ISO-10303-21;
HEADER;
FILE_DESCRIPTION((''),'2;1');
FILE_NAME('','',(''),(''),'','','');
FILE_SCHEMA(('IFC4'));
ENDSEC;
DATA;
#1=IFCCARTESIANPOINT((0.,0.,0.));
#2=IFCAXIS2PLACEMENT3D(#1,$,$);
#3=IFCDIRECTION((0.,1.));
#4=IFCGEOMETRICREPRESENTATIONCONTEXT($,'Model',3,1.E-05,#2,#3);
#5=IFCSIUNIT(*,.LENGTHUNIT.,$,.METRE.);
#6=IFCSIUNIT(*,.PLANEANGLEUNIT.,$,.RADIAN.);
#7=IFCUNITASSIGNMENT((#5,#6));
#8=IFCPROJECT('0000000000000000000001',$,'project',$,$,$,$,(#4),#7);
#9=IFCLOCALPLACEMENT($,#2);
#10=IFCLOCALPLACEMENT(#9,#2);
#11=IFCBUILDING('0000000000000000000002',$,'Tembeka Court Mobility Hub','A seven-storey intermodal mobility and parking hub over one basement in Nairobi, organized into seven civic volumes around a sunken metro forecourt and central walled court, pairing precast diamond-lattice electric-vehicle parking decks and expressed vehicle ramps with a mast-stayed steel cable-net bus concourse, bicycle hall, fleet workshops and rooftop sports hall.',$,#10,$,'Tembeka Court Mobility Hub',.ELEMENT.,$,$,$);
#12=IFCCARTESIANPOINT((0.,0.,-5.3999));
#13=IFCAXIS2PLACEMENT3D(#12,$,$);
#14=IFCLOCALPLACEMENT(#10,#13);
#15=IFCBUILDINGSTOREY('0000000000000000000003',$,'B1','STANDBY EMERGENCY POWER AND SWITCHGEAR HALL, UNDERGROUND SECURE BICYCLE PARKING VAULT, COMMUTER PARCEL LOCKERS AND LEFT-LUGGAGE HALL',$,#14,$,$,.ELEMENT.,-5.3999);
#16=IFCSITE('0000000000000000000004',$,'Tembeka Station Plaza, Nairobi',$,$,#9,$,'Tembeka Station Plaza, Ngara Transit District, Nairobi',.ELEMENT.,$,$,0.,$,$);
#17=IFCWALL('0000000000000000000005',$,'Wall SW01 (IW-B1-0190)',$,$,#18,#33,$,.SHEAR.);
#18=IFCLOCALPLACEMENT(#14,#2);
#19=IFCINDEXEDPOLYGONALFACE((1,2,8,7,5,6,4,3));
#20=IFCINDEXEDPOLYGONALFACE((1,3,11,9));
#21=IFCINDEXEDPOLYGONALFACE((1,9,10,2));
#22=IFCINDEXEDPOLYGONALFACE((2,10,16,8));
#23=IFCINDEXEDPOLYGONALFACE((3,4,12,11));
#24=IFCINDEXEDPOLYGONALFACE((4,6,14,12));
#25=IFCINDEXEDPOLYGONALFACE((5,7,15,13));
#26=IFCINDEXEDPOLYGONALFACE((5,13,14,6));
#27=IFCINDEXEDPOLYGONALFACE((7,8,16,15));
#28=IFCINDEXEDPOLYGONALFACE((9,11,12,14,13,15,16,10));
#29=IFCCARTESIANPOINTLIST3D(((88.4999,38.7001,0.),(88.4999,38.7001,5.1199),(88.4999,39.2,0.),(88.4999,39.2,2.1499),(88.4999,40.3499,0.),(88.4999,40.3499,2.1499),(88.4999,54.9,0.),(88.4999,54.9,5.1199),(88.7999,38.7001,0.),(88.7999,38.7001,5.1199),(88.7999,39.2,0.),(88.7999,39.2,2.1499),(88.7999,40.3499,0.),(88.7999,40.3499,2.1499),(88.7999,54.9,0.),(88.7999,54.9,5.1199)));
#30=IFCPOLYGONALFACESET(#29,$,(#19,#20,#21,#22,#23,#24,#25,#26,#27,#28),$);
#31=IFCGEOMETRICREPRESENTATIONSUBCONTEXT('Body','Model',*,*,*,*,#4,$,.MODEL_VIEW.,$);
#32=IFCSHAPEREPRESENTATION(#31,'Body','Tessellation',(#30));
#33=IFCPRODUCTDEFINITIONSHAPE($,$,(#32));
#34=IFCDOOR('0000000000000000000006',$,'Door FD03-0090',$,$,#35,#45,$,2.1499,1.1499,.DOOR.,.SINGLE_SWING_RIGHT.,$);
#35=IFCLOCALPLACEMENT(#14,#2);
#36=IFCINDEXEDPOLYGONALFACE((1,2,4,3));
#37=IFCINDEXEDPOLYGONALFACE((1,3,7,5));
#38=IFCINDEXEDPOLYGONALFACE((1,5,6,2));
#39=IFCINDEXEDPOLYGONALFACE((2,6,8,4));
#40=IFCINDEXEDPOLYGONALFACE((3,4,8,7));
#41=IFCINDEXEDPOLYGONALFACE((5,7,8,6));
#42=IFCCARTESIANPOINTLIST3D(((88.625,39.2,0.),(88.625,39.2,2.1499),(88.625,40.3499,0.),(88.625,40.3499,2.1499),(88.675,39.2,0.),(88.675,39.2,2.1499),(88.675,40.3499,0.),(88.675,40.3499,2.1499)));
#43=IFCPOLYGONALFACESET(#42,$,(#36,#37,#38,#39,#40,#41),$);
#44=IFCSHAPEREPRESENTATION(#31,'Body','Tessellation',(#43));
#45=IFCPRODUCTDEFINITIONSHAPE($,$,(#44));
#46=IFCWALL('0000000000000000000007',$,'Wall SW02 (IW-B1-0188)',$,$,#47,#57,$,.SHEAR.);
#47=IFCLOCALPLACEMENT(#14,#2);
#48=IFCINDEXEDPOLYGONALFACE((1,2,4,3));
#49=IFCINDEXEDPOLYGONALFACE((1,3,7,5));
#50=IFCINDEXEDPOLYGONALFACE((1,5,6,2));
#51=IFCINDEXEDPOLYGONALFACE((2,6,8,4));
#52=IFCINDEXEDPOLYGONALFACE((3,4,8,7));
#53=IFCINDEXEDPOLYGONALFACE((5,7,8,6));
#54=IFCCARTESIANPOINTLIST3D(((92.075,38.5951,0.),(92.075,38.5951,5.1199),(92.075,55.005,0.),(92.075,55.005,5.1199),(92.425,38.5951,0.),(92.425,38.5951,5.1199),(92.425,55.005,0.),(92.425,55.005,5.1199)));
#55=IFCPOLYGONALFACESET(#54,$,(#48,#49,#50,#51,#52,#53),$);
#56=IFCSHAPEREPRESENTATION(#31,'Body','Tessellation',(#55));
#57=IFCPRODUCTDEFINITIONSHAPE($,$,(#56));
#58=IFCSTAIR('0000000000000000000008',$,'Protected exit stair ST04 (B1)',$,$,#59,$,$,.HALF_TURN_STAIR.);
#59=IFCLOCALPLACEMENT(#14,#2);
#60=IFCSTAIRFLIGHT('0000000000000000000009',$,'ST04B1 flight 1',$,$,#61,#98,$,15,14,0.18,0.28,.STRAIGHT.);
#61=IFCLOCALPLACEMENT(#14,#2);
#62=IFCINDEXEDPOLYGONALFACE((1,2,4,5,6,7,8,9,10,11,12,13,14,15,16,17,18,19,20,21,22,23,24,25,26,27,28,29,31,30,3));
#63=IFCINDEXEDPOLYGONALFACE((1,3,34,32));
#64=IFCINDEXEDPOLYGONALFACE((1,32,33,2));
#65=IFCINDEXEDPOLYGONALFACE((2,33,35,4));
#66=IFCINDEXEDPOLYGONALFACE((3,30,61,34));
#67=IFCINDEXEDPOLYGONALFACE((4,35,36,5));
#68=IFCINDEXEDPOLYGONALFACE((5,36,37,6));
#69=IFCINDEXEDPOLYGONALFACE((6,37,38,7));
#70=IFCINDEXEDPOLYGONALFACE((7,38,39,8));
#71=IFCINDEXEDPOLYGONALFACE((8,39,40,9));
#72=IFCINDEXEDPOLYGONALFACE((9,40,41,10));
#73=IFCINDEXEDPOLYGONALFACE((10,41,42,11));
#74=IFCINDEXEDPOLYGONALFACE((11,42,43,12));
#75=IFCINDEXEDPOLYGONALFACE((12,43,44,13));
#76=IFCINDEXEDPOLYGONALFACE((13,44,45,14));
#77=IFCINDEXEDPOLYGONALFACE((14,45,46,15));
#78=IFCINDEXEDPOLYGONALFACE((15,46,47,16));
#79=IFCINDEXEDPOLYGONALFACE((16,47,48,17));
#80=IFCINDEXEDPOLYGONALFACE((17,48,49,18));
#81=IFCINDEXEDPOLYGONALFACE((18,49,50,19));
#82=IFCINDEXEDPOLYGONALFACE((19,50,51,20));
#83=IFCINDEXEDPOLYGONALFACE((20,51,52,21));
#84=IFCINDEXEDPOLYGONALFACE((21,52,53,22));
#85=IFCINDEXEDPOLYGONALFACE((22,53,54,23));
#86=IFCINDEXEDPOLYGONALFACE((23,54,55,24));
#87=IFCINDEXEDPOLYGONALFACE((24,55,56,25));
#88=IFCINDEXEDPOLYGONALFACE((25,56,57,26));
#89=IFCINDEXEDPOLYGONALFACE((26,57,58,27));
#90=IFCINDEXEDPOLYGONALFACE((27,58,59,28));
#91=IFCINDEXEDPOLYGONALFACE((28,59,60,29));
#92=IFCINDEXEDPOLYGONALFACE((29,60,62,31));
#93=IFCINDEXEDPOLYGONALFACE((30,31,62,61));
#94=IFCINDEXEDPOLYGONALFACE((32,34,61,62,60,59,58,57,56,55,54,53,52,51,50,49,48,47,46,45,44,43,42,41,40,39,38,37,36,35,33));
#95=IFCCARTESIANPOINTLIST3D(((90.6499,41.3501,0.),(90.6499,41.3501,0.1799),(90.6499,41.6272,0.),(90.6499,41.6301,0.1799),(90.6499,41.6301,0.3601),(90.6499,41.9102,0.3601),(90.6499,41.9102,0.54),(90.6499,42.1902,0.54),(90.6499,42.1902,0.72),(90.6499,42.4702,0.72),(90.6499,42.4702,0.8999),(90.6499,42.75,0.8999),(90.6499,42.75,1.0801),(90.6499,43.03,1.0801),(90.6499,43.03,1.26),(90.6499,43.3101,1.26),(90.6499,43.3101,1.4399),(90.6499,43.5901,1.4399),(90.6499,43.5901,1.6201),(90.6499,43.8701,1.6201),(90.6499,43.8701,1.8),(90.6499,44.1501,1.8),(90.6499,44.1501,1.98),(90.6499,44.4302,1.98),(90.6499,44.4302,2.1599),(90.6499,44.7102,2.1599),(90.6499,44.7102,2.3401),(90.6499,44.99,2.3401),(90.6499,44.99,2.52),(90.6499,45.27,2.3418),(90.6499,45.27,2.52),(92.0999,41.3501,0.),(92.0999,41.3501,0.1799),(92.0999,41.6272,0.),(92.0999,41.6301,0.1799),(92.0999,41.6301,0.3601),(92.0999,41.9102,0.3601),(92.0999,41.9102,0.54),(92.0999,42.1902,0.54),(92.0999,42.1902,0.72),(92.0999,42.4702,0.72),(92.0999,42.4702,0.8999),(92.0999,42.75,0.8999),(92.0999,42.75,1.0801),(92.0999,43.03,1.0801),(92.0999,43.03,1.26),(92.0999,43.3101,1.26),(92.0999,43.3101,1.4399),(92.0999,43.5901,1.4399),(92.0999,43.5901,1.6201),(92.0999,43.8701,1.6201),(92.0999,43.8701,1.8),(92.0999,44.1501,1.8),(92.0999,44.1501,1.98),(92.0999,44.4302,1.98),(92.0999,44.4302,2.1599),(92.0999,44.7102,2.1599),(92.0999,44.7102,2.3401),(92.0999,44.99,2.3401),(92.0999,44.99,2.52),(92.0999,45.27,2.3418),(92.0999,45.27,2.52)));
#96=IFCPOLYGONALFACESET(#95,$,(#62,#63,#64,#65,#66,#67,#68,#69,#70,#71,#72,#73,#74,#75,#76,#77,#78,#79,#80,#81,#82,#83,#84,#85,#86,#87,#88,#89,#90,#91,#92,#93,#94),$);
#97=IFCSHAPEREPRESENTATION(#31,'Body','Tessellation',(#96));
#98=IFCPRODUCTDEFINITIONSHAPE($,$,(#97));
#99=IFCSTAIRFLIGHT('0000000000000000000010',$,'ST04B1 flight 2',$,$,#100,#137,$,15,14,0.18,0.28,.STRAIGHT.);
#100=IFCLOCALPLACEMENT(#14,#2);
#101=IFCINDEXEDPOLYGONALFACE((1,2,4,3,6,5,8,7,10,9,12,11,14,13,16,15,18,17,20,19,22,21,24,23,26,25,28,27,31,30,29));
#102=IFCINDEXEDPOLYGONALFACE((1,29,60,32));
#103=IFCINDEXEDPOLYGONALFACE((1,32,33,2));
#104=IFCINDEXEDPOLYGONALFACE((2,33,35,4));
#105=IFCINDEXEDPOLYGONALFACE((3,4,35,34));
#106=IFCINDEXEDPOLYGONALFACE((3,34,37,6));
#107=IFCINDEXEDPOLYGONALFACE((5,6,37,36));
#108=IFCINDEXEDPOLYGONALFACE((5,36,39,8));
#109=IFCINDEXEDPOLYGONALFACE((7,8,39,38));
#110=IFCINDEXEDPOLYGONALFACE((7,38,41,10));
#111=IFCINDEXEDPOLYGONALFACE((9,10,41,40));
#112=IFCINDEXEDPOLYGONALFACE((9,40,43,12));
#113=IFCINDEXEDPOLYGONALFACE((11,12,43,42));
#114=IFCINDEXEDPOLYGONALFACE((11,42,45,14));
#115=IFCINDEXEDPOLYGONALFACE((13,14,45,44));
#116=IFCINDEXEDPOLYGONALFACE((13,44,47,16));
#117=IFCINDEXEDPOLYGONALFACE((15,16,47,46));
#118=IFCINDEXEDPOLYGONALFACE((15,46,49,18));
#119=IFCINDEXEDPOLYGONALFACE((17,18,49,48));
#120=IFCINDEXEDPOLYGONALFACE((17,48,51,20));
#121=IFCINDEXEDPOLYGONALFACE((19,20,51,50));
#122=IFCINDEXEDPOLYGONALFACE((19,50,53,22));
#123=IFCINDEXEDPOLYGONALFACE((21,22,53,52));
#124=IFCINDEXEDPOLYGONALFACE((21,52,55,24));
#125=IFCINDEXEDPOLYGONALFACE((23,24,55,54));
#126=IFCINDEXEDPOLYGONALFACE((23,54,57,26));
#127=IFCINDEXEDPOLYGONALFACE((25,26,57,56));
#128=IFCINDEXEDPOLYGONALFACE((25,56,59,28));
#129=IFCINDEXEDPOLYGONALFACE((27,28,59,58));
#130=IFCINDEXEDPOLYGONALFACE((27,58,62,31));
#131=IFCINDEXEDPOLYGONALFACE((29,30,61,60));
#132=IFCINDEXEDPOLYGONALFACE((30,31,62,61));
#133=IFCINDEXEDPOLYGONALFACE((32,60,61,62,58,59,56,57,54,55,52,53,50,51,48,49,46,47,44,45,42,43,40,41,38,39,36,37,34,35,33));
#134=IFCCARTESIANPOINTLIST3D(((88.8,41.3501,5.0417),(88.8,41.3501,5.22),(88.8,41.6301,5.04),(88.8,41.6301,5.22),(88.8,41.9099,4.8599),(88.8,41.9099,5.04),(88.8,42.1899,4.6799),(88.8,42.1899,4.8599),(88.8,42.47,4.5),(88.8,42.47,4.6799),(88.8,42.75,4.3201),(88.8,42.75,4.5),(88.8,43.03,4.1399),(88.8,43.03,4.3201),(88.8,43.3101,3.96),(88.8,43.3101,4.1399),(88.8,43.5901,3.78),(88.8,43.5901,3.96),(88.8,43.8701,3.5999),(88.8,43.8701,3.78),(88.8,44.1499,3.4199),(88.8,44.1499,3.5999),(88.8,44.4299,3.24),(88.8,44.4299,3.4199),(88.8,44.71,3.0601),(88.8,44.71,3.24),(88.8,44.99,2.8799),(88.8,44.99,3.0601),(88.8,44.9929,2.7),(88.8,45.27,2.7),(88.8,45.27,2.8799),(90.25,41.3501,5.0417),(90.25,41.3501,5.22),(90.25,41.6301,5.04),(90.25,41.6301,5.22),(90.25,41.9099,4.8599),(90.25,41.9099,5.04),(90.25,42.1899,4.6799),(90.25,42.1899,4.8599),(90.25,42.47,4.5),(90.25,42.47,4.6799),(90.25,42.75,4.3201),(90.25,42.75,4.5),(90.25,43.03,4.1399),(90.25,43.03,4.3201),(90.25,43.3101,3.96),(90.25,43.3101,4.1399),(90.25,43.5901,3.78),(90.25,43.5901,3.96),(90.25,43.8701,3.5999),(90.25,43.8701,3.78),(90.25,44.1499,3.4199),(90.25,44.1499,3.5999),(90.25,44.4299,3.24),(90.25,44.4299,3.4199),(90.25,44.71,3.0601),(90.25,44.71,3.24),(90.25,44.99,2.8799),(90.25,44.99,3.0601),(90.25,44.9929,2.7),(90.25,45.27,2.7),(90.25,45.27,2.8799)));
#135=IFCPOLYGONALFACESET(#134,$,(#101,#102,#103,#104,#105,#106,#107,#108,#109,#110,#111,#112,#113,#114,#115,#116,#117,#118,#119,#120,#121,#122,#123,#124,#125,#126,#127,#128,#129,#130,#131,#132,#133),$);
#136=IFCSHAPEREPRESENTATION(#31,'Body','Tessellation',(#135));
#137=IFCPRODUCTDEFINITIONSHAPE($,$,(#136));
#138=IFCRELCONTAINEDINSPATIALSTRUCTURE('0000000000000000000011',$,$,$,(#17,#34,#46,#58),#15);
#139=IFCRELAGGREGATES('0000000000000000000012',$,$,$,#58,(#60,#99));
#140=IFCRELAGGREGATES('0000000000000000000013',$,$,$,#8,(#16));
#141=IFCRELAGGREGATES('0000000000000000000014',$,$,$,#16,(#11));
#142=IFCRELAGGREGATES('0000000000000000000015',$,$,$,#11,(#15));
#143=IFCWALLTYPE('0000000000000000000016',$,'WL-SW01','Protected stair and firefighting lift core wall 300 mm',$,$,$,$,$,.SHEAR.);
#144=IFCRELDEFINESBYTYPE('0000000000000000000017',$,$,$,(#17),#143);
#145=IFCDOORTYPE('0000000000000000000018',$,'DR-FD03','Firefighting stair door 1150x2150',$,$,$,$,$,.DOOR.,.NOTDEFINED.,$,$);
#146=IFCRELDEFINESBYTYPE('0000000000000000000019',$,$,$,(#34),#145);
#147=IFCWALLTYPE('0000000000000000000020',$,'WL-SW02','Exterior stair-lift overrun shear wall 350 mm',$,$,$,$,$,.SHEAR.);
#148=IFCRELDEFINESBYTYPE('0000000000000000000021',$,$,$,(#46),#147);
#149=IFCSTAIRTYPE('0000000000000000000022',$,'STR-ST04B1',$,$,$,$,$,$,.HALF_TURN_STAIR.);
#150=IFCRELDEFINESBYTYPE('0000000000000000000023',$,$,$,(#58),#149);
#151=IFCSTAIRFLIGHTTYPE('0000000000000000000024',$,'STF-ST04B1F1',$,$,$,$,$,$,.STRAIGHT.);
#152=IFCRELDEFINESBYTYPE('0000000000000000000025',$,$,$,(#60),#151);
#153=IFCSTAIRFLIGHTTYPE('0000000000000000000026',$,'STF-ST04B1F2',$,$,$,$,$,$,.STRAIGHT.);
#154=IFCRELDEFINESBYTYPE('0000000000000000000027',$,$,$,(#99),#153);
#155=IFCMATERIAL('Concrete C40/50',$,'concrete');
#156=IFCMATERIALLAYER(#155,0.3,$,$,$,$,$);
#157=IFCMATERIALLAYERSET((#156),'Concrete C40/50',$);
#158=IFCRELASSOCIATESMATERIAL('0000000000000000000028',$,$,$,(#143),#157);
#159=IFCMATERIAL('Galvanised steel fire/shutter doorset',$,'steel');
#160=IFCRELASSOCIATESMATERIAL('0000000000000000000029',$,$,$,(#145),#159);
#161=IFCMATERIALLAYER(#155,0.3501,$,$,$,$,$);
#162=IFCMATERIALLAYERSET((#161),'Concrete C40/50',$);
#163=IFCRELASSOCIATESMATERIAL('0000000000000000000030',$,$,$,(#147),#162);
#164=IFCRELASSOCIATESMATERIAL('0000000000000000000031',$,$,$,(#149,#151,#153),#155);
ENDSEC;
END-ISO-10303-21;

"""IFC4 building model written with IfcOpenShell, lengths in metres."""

from ifc_helpers import new_model, si_unit, direction, frame, frame_2d, origin, place, context, subcontext, project, spatial, polyline, rectangle, outline, extrude, material, layer, layer_set, type_object, element, fill, aggregate, save


model = new_model("IFC4")

# Units and contexts
model_context = context("Model", 3, precision=1e-05, world=origin(), true_north=direction((0.0, 1.0)))
body_context = subcontext(model_context, "Body", "Model", "MODEL_VIEW")
ifc_project = project(units=[si_unit("LENGTHUNIT", "METRE"), si_unit("PLANEANGLEUNIT", "RADIAN")], contexts=[model_context])

# Site, building, storey
site_placement = place(None, origin())
site = spatial("IfcSite", under=ifc_project, at=site_placement, Name="Tembeka Station Plaza, Nairobi", LongName="Tembeka Station Plaza, Ngara Transit District, Nairobi", CompositionType="ELEMENT", RefElevation=0.0)
building_placement = place(site_placement, origin())
building = spatial("IfcBuilding", under=site, at=building_placement, Name="Tembeka Court Mobility Hub", Description="A seven-storey intermodal mobility and parking hub over one basement in Nairobi, organized into seven civic volumes around a sunken metro forecourt and central walled court, pairing precast diamond-lattice electric-vehicle parking decks and expressed vehicle ramps with a mast-stayed steel cable-net bus concourse, bicycle hall, fleet workshops and rooftop sports hall.", LongName="Tembeka Court Mobility Hub", CompositionType="ELEMENT")
storey_placement = place(building_placement, frame((0.0, 0.0, -5.3999)))
storey = spatial("IfcBuildingStorey", under=building, at=storey_placement, Name="B1", Description="STANDBY EMERGENCY POWER AND SWITCHGEAR HALL, UNDERGROUND SECURE BICYCLE PARKING VAULT, COMMUTER PARCEL LOCKERS AND LEFT-LUGGAGE HALL", CompositionType="ELEMENT", Elevation=-5.3999)

# Shared definitions
ifc_material_1 = material(Name="Concrete C40/50", Category="concrete")

# Shared definitions
ifc_layer_1 = layer(ifc_material_1, 0.3)
ifc_layer_set_1 = layer_set([ifc_layer_1], Name="Concrete C40/50")
wall_type_1 = type_object("IfcWallType", Name="WL-SW01", Description="Protected stair and firefighting lift core wall 300 mm", PredefinedType="SHEAR", material=ifc_layer_set_1)

# Wall, opening, door
ifc_material_2 = material(Name="Galvanised steel fire/shutter doorset", Category="steel")
wall_1_placement = place(storey_placement, frame((88.6499, 38.7, 0.0), z_axis=(0.0, 0.0, 1.0), x_axis=(0.0, 1.0, 0.0)))
wall_1 = element("IfcWall", 1, at=wall_1_placement, inside=storey, type_object=wall_type_1, Name="Wall SW01 (IW-B1-0190)", PredefinedType="SHEAR", context=body_context, shape_type="SweptSolid", body=[
    extrude(rectangle(XDim=16.2, YDim=0.3, at=frame_2d((8.1001, 0.0))), origin(), (0.0, 0.0, 1.0), 5.1199),
])
opening_1_placement = place(wall_1_placement, frame((0.5, 0.0, 0.0)))
opening_1 = element("IfcOpeningElement", 2, at=opening_1_placement, cuts=wall_1, PredefinedType="OPENING", context=body_context, shape_type="SweptSolid", body=[
    extrude(rectangle(XDim=1.1499, YDim=2.1499, at=frame_2d((0.575, 1.075))), frame((0.0, 0.1602, 0.0), z_axis=(0.0, -1.0, 0.0), x_axis=(1.0, 0.0, 0.0)), (0.0, 0.0, 1.0), 0.3201),
])
door_type_1 = type_object("IfcDoorType", Name="DR-FD03", Description="Firefighting stair door 1150x2150", OperationType="NOTDEFINED", PredefinedType="DOOR", material=ifc_material_2)
door_1_placement = place(opening_1_placement, origin())
door_1 = element("IfcDoor", 3, at=door_1_placement, inside=storey, type_object=door_type_1, Name="Door FD03-0090", OperationType="SINGLE_SWING_RIGHT", OverallHeight=2.1499, OverallWidth=1.1499, PredefinedType="DOOR", context=body_context, shape_type="SweptSolid", body=[
    extrude(rectangle(XDim=1.1499, YDim=2.1499, at=frame_2d((0.575, 1.075))), frame((0.0, 0.0249, 0.0), z_axis=(0.0, -1.0, 0.0), x_axis=(1.0, 0.0, 0.0)), (0.0, 0.0, 1.0), 0.05),
])
fill(opening_1, door_1)

# Wall
ifc_layer_2 = layer(ifc_material_1, 0.3501)
ifc_layer_set_2 = layer_set([ifc_layer_2], Name="Concrete C40/50")
wall_type_2 = type_object("IfcWallType", Name="WL-SW02", Description="Exterior stair-lift overrun shear wall 350 mm", PredefinedType="SHEAR", material=ifc_layer_set_2)
wall_2_placement = place(storey_placement, frame((92.25, 38.595, 0.0), z_axis=(0.0, 0.0, 1.0), x_axis=(0.0, 1.0, 0.0)))
element("IfcWall", 4, at=wall_2_placement, inside=storey, type_object=wall_type_2, Name="Wall SW02 (IW-B1-0188)", PredefinedType="SHEAR", context=body_context, shape_type="SweptSolid", body=[
    extrude(rectangle(XDim=16.4099, YDim=0.3501, at=frame_2d((8.2051, 0.0))), origin(), (0.0, 0.0, 1.0), 5.1199),
])

# Stair, stair flights
stair_type = type_object("IfcStairType", Name="STR-ST04B1", PredefinedType="HALF_TURN_STAIR", material=ifc_material_1)
stair_placement = place(storey_placement, origin())
stair = element("IfcStair", 5, at=stair_placement, inside=storey, type_object=stair_type, Name="Protected exit stair ST04 (B1)", PredefinedType="HALF_TURN_STAIR")
stair_flight_type_1 = type_object("IfcStairFlightType", Name="STF-ST04B1F1", PredefinedType="STRAIGHT", material=ifc_material_1)
stair_flight_1_placement = place(storey_placement, frame((91.375, 41.3501, 0.0), z_axis=(0.0, 0.0, 1.0), x_axis=(0.0, 1.0, 0.0)))
stair_flight_1 = element("IfcStairFlight", 6, at=stair_flight_1_placement, type_object=stair_flight_type_1, Name="ST04B1 flight 1", NumberOfRisers=15, NumberOfTreads=14, PredefinedType="STRAIGHT", RiserHeight=0.18, TreadLength=0.28, context=body_context, shape_type="SweptSolid", body=[
    extrude(outline(polyline([(0.0, 0.0), (0.0, 0.1799), (0.28, 0.1799), (0.28, 0.3601), (0.5601, 0.3601), (0.5601, 0.54), (0.8401, 0.54), (0.8401, 0.72), (1.1201, 0.72), (1.1201, 0.8999), (1.3999, 0.8999), (1.3999, 1.0801), (1.6799, 1.0801), (1.6799, 1.26), (1.96, 1.26), (1.96, 1.4399), (2.24, 1.4399), (2.24, 1.6201), (2.52, 1.6201), (2.52, 1.8), (2.8, 1.8), (2.8, 1.98), (3.0801, 1.98), (3.0801, 2.1599), (3.3601, 2.1599), (3.3601, 2.3401), (3.6399, 2.3401), (3.6399, 2.52), (3.9199, 2.52), (3.9199, 2.7), (3.9199, 2.3418), (0.2771, 0.0), (0.0, 0.0)])), frame((0.0, 0.7251, 0.0), z_axis=(0.0, -1.0, 0.0), x_axis=(1.0, 0.0, 0.0)), (0.0, 0.0, 1.0), 1.45),
])
stair_flight_type_2 = type_object("IfcStairFlightType", Name="STF-ST04B1F2", PredefinedType="STRAIGHT", material=ifc_material_1)
stair_flight_2_placement = place(storey_placement, frame((89.5249, 45.27, 2.7), z_axis=(0.0, 0.0, 1.0), x_axis=(0.0, -1.0, 0.0)))
stair_flight_2 = element("IfcStairFlight", 7, at=stair_flight_2_placement, type_object=stair_flight_type_2, Name="ST04B1 flight 2", NumberOfRisers=15, NumberOfTreads=14, PredefinedType="STRAIGHT", RiserHeight=0.18, TreadLength=0.28, context=body_context, shape_type="SweptSolid", body=[
    extrude(outline(polyline([(0.0, 0.0), (0.0, 0.1799), (0.28, 0.1799), (0.28, 0.3601), (0.5601, 0.3601), (0.5601, 0.54), (0.8401, 0.54), (0.8401, 0.72), (1.1201, 0.72), (1.1201, 0.8999), (1.3999, 0.8999), (1.3999, 1.0801), (1.6799, 1.0801), (1.6799, 1.26), (1.96, 1.26), (1.96, 1.4399), (2.24, 1.4399), (2.24, 1.6201), (2.52, 1.6201), (2.52, 1.8), (2.8, 1.8), (2.8, 1.98), (3.0801, 1.98), (3.0801, 2.1599), (3.3601, 2.1599), (3.3601, 2.3401), (3.6399, 2.3401), (3.6399, 2.52), (3.9199, 2.52), (3.9199, 2.7), (3.9199, 2.3418), (0.2771, 0.0), (0.0, 0.0)])), frame((0.0, 0.7251, 0.0), z_axis=(0.0, -1.0, 0.0), x_axis=(1.0, 0.0, 0.0)), (0.0, 0.0, 1.0), 1.45),
])
aggregate(stair, [stair_flight_1, stair_flight_2])

save(model, "model.ifc")
